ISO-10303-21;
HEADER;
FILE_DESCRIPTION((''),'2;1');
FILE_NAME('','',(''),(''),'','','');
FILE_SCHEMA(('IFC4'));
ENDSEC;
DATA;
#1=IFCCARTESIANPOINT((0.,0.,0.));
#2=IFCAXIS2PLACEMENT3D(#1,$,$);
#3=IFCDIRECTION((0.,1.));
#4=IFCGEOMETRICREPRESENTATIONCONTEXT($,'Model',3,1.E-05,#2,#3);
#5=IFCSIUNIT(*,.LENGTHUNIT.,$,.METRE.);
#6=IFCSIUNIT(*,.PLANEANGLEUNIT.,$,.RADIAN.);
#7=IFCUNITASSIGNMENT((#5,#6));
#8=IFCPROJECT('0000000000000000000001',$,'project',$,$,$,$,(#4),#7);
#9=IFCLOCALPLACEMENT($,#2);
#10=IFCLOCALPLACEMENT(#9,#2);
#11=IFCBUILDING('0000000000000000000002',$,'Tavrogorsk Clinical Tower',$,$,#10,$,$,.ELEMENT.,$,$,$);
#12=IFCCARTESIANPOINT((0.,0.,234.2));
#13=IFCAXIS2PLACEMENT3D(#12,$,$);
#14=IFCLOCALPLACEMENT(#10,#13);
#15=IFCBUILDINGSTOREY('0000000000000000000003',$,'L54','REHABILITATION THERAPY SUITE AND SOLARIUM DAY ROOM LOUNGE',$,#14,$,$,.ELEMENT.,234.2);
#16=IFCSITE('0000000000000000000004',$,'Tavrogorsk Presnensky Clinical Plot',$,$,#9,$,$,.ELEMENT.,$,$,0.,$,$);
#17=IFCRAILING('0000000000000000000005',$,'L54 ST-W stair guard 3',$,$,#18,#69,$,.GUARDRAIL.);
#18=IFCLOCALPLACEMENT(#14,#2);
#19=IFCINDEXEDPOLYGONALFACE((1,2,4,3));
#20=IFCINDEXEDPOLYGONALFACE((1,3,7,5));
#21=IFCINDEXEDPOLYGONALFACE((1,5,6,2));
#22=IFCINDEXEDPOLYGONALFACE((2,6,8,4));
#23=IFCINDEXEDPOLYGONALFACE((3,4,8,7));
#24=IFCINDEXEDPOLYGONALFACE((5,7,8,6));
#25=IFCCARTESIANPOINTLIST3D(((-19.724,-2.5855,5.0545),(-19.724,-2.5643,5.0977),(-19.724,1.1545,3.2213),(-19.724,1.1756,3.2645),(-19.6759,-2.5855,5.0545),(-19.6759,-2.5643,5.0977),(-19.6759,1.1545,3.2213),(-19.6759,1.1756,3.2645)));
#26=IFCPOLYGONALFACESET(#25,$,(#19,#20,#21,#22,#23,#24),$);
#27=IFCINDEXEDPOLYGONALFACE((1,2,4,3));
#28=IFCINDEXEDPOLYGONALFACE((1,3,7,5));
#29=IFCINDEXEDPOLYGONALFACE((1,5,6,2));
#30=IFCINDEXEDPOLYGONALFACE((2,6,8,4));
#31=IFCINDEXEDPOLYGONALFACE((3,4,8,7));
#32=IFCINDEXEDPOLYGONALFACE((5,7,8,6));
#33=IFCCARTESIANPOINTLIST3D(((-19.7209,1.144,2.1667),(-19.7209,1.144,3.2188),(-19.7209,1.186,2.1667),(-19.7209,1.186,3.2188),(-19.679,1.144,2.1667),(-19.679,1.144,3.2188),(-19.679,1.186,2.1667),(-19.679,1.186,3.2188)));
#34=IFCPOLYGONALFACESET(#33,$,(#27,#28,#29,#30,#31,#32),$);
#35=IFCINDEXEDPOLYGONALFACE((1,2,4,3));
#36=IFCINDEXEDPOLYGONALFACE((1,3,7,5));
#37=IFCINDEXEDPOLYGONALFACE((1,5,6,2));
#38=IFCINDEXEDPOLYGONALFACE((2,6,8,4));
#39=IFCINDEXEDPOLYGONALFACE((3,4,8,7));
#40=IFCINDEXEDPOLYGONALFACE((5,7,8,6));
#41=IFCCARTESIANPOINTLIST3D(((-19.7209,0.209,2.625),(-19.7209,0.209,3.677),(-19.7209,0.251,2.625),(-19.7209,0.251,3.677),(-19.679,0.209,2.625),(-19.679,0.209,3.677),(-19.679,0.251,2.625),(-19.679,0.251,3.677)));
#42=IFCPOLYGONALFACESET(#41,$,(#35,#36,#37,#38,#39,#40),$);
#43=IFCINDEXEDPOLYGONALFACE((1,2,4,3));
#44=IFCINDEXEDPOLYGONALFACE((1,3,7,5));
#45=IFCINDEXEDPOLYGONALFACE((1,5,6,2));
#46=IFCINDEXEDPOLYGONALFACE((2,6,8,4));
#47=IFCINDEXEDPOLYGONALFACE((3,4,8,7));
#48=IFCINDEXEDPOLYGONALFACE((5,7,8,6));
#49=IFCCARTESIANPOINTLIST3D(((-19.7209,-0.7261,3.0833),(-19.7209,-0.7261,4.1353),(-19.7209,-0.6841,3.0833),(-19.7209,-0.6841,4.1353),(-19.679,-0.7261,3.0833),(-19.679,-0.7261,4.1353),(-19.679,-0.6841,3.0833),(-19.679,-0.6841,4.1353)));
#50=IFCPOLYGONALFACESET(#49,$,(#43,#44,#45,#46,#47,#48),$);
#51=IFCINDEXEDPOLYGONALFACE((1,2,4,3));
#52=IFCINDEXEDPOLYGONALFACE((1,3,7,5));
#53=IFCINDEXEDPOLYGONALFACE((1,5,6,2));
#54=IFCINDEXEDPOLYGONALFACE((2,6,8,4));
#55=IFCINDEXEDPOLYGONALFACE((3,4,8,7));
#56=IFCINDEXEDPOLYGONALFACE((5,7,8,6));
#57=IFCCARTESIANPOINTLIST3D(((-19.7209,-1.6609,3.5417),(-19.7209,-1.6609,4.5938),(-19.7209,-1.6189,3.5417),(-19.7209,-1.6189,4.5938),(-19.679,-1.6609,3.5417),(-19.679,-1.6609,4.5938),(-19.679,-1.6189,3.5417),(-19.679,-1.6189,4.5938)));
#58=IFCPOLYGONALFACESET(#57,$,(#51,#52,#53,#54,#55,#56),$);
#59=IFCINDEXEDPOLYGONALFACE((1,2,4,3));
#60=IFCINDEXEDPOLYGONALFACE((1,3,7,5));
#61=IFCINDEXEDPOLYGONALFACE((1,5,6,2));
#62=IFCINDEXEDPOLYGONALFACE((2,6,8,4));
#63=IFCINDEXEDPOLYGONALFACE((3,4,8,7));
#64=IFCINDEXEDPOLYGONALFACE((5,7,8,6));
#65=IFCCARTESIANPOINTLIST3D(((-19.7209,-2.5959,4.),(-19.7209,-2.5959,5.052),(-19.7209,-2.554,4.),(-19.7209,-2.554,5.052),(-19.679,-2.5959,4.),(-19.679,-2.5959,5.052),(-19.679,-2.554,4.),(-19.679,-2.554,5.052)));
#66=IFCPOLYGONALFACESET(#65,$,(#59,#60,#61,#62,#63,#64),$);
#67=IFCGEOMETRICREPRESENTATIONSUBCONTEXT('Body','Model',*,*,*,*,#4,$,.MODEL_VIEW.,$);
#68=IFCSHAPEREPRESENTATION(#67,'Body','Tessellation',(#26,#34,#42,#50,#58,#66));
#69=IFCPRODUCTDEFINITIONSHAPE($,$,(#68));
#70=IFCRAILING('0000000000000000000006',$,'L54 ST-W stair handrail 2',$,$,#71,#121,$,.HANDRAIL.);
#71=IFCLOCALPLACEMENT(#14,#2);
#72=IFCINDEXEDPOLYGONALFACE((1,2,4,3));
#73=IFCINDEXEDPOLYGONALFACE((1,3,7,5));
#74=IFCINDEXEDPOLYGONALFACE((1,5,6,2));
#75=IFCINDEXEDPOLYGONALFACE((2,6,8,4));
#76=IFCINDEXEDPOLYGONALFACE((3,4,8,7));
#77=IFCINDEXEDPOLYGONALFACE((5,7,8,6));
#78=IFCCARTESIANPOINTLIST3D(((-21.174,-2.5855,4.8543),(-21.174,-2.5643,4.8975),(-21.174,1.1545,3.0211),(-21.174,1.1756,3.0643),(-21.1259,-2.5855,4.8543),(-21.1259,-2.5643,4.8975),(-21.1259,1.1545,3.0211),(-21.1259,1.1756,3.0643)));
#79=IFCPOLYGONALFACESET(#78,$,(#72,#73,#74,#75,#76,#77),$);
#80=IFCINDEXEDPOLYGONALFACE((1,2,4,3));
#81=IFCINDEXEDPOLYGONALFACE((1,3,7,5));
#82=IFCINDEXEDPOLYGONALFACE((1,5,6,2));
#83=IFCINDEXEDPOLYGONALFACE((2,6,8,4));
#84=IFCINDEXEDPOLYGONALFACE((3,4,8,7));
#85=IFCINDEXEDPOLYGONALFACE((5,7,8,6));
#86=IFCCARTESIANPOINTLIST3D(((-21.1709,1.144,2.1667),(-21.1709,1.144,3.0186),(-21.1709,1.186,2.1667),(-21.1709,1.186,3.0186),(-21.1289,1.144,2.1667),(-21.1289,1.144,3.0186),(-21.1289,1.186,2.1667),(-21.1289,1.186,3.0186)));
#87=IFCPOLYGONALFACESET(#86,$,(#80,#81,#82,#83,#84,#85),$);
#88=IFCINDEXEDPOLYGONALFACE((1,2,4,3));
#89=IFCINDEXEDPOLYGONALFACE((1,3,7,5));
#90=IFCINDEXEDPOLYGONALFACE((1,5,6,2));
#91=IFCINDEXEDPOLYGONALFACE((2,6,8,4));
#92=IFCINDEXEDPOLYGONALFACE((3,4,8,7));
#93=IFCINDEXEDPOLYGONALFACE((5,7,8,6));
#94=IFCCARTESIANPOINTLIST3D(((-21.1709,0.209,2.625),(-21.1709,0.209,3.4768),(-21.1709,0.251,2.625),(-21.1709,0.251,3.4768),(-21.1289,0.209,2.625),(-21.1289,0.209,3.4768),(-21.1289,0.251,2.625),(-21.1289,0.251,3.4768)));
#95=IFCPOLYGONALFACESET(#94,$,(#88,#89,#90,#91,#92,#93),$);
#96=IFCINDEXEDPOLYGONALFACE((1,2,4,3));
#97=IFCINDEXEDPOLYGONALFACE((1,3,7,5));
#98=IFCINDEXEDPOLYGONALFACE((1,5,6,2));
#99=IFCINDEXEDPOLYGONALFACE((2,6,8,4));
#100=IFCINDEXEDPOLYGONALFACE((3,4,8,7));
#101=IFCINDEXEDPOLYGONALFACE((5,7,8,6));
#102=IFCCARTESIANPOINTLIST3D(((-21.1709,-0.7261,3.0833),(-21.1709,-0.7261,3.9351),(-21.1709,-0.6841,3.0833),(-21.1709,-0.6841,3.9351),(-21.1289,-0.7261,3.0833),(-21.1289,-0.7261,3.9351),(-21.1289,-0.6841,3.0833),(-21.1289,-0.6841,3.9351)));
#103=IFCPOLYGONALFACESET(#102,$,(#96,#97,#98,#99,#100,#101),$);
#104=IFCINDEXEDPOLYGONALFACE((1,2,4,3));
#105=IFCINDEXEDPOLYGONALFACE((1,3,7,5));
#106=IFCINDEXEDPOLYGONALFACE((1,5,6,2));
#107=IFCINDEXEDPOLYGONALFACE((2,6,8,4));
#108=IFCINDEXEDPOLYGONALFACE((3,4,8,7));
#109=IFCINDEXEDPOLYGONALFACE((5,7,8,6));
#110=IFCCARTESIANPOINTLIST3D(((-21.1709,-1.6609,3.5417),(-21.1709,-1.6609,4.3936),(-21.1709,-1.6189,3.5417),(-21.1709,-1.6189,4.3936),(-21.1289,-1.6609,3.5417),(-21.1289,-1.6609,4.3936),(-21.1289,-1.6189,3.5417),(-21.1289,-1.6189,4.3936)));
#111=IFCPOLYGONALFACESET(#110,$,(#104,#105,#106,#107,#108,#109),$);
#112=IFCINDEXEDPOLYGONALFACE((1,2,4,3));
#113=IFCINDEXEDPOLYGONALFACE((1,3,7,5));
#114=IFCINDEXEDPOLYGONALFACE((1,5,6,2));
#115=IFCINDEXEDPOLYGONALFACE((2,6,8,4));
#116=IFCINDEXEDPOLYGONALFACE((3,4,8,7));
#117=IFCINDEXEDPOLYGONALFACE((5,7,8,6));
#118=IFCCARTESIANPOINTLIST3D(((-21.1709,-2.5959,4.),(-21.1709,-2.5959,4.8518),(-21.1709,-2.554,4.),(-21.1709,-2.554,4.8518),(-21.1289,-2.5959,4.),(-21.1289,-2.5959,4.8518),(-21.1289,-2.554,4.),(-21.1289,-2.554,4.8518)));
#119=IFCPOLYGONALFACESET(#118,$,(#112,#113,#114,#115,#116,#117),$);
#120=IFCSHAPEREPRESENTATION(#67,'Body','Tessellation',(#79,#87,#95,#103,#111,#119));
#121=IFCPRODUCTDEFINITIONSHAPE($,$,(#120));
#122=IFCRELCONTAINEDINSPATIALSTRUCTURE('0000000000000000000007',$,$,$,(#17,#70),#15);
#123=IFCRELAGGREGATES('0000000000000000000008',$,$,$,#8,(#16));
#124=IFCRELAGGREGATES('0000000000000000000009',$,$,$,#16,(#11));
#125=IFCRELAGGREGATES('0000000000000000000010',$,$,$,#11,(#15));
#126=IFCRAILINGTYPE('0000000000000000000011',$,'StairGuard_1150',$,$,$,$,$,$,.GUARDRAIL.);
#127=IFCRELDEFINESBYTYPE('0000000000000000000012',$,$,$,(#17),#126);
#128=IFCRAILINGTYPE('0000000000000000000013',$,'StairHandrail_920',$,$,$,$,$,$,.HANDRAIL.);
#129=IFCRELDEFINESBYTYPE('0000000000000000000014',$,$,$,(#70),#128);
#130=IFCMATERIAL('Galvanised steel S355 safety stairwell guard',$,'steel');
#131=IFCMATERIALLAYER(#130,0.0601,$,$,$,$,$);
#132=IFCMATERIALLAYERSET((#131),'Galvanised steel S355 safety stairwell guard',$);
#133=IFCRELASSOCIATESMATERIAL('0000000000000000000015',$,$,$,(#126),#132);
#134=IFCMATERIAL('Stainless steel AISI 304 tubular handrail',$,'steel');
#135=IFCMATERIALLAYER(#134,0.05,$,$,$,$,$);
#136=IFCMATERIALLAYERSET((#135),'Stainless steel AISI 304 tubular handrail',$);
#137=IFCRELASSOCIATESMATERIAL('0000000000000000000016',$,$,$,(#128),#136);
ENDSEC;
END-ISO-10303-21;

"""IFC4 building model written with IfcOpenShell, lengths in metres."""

from ifc_helpers import new_model, si_unit, direction, frame, origin, origin_2d, place, context, subcontext, project, spatial, rectangle, extrude, material, layer, layer_set, type_object, element, save


model = new_model("IFC4")

# Units and contexts
model_context = context("Model", 3, precision=1e-05, world=origin(), true_north=direction((0.0, 1.0)))
body_context = subcontext(model_context, "Body", "Model", "MODEL_VIEW")
ifc_project = project(units=[si_unit("LENGTHUNIT", "METRE"), si_unit("PLANEANGLEUNIT", "RADIAN")], contexts=[model_context])

# Site, building, storey
site_placement = place(None, origin())
site = spatial("IfcSite", under=ifc_project, at=site_placement, Name="Tavrogorsk Presnensky Clinical Plot", CompositionType="ELEMENT", RefElevation=0.0)
building_placement = place(site_placement, origin())
building = spatial("IfcBuilding", under=site, at=building_placement, Name="Tavrogorsk Clinical Tower", CompositionType="ELEMENT")
storey_placement = place(building_placement, frame((0.0, 0.0, 234.2)))
storey = spatial("IfcBuildingStorey", under=building, at=storey_placement, Name="L54", Description="REHABILITATION THERAPY SUITE AND SOLARIUM DAY ROOM LOUNGE", CompositionType="ELEMENT", Elevation=234.2)

# Railings
ifc_material_1 = material(Name="Galvanised steel S355 safety stairwell guard", Category="steel")
ifc_layer_1 = layer(ifc_material_1, 0.0601)
ifc_layer_set_1 = layer_set([ifc_layer_1], Name="Galvanised steel S355 safety stairwell guard")
railing_type_1 = type_object("IfcRailingType", Name="StairGuard_1150", PredefinedType="GUARDRAIL", material=ifc_layer_set_1)
railing_1_placement = place(storey_placement, frame((-19.7, 1.165, 2.1667)))
element("IfcRailing", 1, at=railing_1_placement, inside=storey, type_object=railing_type_1, Name="L54 ST-W stair guard 3", PredefinedType="GUARDRAIL", context=body_context, shape_type="SweptSolid", body=[
    extrude(rectangle(XDim=0.0481, YDim=0.0481, at=origin_2d()), frame((0.0, 0.0, 1.0762), z_axis=(0.0, -0.897928, 0.440142), x_axis=(1.0, 0.0, 0.0)), (0.0, 0.0, 1.0), 4.165),
    extrude(rectangle(XDim=0.042, YDim=0.042, at=origin_2d()), origin(), (0.0, 0.0, 1.0), 1.052),
    extrude(rectangle(XDim=0.042, YDim=0.042, at=origin_2d()), frame((0.0, -0.9351, 0.4583)), (0.0, 0.0, 1.0), 1.052),
    extrude(rectangle(XDim=0.042, YDim=0.042, at=origin_2d()), frame((0.0, -1.8701, 0.9165)), (0.0, 0.0, 1.0), 1.052),
    extrude(rectangle(XDim=0.042, YDim=0.042, at=origin_2d()), frame((0.0, -2.8049, 1.375)), (0.0, 0.0, 1.0), 1.052),
    extrude(rectangle(XDim=0.042, YDim=0.042, at=origin_2d()), frame((0.0, -3.74, 1.8333)), (0.0, 0.0, 1.0), 1.052),
])
ifc_material_2 = material(Name="Stainless steel AISI 304 tubular handrail", Category="steel")
ifc_layer_2 = layer(ifc_material_2, 0.05)
ifc_layer_set_2 = layer_set([ifc_layer_2], Name="Stainless steel AISI 304 tubular handrail")
railing_type_2 = type_object("IfcRailingType", Name="StairHandrail_920", PredefinedType="HANDRAIL", material=ifc_layer_set_2)
railing_2_placement = place(storey_placement, frame((-21.1499, 1.165, 2.1667)))
element("IfcRailing", 2, at=railing_2_placement, inside=storey, type_object=railing_type_2, Name="L54 ST-W stair handrail 2", PredefinedType="HANDRAIL", context=body_context, shape_type="SweptSolid", body=[
    extrude(rectangle(XDim=0.0481, YDim=0.0481, at=origin_2d()), frame((0.0, 0.0, 0.876), z_axis=(0.0, -0.897928, 0.440142), x_axis=(1.0, 0.0, 0.0)), (0.0, 0.0, 1.0), 4.165),
    extrude(rectangle(XDim=0.042, YDim=0.042, at=origin_2d()), origin(), (0.0, 0.0, 1.0), 0.8518),
    extrude(rectangle(XDim=0.042, YDim=0.042, at=origin_2d()), frame((0.0, -0.9351, 0.4583)), (0.0, 0.0, 1.0), 0.8518),
    extrude(rectangle(XDim=0.042, YDim=0.042, at=origin_2d()), frame((0.0, -1.8701, 0.9165)), (0.0, 0.0, 1.0), 0.8518),
    extrude(rectangle(XDim=0.042, YDim=0.042, at=origin_2d()), frame((0.0, -2.8049, 1.375)), (0.0, 0.0, 1.0), 0.8518),
    extrude(rectangle(XDim=0.042, YDim=0.042, at=origin_2d()), frame((0.0, -3.74, 1.8333)), (0.0, 0.0, 1.0), 0.8518),
])

save(model, "model.ifc")
